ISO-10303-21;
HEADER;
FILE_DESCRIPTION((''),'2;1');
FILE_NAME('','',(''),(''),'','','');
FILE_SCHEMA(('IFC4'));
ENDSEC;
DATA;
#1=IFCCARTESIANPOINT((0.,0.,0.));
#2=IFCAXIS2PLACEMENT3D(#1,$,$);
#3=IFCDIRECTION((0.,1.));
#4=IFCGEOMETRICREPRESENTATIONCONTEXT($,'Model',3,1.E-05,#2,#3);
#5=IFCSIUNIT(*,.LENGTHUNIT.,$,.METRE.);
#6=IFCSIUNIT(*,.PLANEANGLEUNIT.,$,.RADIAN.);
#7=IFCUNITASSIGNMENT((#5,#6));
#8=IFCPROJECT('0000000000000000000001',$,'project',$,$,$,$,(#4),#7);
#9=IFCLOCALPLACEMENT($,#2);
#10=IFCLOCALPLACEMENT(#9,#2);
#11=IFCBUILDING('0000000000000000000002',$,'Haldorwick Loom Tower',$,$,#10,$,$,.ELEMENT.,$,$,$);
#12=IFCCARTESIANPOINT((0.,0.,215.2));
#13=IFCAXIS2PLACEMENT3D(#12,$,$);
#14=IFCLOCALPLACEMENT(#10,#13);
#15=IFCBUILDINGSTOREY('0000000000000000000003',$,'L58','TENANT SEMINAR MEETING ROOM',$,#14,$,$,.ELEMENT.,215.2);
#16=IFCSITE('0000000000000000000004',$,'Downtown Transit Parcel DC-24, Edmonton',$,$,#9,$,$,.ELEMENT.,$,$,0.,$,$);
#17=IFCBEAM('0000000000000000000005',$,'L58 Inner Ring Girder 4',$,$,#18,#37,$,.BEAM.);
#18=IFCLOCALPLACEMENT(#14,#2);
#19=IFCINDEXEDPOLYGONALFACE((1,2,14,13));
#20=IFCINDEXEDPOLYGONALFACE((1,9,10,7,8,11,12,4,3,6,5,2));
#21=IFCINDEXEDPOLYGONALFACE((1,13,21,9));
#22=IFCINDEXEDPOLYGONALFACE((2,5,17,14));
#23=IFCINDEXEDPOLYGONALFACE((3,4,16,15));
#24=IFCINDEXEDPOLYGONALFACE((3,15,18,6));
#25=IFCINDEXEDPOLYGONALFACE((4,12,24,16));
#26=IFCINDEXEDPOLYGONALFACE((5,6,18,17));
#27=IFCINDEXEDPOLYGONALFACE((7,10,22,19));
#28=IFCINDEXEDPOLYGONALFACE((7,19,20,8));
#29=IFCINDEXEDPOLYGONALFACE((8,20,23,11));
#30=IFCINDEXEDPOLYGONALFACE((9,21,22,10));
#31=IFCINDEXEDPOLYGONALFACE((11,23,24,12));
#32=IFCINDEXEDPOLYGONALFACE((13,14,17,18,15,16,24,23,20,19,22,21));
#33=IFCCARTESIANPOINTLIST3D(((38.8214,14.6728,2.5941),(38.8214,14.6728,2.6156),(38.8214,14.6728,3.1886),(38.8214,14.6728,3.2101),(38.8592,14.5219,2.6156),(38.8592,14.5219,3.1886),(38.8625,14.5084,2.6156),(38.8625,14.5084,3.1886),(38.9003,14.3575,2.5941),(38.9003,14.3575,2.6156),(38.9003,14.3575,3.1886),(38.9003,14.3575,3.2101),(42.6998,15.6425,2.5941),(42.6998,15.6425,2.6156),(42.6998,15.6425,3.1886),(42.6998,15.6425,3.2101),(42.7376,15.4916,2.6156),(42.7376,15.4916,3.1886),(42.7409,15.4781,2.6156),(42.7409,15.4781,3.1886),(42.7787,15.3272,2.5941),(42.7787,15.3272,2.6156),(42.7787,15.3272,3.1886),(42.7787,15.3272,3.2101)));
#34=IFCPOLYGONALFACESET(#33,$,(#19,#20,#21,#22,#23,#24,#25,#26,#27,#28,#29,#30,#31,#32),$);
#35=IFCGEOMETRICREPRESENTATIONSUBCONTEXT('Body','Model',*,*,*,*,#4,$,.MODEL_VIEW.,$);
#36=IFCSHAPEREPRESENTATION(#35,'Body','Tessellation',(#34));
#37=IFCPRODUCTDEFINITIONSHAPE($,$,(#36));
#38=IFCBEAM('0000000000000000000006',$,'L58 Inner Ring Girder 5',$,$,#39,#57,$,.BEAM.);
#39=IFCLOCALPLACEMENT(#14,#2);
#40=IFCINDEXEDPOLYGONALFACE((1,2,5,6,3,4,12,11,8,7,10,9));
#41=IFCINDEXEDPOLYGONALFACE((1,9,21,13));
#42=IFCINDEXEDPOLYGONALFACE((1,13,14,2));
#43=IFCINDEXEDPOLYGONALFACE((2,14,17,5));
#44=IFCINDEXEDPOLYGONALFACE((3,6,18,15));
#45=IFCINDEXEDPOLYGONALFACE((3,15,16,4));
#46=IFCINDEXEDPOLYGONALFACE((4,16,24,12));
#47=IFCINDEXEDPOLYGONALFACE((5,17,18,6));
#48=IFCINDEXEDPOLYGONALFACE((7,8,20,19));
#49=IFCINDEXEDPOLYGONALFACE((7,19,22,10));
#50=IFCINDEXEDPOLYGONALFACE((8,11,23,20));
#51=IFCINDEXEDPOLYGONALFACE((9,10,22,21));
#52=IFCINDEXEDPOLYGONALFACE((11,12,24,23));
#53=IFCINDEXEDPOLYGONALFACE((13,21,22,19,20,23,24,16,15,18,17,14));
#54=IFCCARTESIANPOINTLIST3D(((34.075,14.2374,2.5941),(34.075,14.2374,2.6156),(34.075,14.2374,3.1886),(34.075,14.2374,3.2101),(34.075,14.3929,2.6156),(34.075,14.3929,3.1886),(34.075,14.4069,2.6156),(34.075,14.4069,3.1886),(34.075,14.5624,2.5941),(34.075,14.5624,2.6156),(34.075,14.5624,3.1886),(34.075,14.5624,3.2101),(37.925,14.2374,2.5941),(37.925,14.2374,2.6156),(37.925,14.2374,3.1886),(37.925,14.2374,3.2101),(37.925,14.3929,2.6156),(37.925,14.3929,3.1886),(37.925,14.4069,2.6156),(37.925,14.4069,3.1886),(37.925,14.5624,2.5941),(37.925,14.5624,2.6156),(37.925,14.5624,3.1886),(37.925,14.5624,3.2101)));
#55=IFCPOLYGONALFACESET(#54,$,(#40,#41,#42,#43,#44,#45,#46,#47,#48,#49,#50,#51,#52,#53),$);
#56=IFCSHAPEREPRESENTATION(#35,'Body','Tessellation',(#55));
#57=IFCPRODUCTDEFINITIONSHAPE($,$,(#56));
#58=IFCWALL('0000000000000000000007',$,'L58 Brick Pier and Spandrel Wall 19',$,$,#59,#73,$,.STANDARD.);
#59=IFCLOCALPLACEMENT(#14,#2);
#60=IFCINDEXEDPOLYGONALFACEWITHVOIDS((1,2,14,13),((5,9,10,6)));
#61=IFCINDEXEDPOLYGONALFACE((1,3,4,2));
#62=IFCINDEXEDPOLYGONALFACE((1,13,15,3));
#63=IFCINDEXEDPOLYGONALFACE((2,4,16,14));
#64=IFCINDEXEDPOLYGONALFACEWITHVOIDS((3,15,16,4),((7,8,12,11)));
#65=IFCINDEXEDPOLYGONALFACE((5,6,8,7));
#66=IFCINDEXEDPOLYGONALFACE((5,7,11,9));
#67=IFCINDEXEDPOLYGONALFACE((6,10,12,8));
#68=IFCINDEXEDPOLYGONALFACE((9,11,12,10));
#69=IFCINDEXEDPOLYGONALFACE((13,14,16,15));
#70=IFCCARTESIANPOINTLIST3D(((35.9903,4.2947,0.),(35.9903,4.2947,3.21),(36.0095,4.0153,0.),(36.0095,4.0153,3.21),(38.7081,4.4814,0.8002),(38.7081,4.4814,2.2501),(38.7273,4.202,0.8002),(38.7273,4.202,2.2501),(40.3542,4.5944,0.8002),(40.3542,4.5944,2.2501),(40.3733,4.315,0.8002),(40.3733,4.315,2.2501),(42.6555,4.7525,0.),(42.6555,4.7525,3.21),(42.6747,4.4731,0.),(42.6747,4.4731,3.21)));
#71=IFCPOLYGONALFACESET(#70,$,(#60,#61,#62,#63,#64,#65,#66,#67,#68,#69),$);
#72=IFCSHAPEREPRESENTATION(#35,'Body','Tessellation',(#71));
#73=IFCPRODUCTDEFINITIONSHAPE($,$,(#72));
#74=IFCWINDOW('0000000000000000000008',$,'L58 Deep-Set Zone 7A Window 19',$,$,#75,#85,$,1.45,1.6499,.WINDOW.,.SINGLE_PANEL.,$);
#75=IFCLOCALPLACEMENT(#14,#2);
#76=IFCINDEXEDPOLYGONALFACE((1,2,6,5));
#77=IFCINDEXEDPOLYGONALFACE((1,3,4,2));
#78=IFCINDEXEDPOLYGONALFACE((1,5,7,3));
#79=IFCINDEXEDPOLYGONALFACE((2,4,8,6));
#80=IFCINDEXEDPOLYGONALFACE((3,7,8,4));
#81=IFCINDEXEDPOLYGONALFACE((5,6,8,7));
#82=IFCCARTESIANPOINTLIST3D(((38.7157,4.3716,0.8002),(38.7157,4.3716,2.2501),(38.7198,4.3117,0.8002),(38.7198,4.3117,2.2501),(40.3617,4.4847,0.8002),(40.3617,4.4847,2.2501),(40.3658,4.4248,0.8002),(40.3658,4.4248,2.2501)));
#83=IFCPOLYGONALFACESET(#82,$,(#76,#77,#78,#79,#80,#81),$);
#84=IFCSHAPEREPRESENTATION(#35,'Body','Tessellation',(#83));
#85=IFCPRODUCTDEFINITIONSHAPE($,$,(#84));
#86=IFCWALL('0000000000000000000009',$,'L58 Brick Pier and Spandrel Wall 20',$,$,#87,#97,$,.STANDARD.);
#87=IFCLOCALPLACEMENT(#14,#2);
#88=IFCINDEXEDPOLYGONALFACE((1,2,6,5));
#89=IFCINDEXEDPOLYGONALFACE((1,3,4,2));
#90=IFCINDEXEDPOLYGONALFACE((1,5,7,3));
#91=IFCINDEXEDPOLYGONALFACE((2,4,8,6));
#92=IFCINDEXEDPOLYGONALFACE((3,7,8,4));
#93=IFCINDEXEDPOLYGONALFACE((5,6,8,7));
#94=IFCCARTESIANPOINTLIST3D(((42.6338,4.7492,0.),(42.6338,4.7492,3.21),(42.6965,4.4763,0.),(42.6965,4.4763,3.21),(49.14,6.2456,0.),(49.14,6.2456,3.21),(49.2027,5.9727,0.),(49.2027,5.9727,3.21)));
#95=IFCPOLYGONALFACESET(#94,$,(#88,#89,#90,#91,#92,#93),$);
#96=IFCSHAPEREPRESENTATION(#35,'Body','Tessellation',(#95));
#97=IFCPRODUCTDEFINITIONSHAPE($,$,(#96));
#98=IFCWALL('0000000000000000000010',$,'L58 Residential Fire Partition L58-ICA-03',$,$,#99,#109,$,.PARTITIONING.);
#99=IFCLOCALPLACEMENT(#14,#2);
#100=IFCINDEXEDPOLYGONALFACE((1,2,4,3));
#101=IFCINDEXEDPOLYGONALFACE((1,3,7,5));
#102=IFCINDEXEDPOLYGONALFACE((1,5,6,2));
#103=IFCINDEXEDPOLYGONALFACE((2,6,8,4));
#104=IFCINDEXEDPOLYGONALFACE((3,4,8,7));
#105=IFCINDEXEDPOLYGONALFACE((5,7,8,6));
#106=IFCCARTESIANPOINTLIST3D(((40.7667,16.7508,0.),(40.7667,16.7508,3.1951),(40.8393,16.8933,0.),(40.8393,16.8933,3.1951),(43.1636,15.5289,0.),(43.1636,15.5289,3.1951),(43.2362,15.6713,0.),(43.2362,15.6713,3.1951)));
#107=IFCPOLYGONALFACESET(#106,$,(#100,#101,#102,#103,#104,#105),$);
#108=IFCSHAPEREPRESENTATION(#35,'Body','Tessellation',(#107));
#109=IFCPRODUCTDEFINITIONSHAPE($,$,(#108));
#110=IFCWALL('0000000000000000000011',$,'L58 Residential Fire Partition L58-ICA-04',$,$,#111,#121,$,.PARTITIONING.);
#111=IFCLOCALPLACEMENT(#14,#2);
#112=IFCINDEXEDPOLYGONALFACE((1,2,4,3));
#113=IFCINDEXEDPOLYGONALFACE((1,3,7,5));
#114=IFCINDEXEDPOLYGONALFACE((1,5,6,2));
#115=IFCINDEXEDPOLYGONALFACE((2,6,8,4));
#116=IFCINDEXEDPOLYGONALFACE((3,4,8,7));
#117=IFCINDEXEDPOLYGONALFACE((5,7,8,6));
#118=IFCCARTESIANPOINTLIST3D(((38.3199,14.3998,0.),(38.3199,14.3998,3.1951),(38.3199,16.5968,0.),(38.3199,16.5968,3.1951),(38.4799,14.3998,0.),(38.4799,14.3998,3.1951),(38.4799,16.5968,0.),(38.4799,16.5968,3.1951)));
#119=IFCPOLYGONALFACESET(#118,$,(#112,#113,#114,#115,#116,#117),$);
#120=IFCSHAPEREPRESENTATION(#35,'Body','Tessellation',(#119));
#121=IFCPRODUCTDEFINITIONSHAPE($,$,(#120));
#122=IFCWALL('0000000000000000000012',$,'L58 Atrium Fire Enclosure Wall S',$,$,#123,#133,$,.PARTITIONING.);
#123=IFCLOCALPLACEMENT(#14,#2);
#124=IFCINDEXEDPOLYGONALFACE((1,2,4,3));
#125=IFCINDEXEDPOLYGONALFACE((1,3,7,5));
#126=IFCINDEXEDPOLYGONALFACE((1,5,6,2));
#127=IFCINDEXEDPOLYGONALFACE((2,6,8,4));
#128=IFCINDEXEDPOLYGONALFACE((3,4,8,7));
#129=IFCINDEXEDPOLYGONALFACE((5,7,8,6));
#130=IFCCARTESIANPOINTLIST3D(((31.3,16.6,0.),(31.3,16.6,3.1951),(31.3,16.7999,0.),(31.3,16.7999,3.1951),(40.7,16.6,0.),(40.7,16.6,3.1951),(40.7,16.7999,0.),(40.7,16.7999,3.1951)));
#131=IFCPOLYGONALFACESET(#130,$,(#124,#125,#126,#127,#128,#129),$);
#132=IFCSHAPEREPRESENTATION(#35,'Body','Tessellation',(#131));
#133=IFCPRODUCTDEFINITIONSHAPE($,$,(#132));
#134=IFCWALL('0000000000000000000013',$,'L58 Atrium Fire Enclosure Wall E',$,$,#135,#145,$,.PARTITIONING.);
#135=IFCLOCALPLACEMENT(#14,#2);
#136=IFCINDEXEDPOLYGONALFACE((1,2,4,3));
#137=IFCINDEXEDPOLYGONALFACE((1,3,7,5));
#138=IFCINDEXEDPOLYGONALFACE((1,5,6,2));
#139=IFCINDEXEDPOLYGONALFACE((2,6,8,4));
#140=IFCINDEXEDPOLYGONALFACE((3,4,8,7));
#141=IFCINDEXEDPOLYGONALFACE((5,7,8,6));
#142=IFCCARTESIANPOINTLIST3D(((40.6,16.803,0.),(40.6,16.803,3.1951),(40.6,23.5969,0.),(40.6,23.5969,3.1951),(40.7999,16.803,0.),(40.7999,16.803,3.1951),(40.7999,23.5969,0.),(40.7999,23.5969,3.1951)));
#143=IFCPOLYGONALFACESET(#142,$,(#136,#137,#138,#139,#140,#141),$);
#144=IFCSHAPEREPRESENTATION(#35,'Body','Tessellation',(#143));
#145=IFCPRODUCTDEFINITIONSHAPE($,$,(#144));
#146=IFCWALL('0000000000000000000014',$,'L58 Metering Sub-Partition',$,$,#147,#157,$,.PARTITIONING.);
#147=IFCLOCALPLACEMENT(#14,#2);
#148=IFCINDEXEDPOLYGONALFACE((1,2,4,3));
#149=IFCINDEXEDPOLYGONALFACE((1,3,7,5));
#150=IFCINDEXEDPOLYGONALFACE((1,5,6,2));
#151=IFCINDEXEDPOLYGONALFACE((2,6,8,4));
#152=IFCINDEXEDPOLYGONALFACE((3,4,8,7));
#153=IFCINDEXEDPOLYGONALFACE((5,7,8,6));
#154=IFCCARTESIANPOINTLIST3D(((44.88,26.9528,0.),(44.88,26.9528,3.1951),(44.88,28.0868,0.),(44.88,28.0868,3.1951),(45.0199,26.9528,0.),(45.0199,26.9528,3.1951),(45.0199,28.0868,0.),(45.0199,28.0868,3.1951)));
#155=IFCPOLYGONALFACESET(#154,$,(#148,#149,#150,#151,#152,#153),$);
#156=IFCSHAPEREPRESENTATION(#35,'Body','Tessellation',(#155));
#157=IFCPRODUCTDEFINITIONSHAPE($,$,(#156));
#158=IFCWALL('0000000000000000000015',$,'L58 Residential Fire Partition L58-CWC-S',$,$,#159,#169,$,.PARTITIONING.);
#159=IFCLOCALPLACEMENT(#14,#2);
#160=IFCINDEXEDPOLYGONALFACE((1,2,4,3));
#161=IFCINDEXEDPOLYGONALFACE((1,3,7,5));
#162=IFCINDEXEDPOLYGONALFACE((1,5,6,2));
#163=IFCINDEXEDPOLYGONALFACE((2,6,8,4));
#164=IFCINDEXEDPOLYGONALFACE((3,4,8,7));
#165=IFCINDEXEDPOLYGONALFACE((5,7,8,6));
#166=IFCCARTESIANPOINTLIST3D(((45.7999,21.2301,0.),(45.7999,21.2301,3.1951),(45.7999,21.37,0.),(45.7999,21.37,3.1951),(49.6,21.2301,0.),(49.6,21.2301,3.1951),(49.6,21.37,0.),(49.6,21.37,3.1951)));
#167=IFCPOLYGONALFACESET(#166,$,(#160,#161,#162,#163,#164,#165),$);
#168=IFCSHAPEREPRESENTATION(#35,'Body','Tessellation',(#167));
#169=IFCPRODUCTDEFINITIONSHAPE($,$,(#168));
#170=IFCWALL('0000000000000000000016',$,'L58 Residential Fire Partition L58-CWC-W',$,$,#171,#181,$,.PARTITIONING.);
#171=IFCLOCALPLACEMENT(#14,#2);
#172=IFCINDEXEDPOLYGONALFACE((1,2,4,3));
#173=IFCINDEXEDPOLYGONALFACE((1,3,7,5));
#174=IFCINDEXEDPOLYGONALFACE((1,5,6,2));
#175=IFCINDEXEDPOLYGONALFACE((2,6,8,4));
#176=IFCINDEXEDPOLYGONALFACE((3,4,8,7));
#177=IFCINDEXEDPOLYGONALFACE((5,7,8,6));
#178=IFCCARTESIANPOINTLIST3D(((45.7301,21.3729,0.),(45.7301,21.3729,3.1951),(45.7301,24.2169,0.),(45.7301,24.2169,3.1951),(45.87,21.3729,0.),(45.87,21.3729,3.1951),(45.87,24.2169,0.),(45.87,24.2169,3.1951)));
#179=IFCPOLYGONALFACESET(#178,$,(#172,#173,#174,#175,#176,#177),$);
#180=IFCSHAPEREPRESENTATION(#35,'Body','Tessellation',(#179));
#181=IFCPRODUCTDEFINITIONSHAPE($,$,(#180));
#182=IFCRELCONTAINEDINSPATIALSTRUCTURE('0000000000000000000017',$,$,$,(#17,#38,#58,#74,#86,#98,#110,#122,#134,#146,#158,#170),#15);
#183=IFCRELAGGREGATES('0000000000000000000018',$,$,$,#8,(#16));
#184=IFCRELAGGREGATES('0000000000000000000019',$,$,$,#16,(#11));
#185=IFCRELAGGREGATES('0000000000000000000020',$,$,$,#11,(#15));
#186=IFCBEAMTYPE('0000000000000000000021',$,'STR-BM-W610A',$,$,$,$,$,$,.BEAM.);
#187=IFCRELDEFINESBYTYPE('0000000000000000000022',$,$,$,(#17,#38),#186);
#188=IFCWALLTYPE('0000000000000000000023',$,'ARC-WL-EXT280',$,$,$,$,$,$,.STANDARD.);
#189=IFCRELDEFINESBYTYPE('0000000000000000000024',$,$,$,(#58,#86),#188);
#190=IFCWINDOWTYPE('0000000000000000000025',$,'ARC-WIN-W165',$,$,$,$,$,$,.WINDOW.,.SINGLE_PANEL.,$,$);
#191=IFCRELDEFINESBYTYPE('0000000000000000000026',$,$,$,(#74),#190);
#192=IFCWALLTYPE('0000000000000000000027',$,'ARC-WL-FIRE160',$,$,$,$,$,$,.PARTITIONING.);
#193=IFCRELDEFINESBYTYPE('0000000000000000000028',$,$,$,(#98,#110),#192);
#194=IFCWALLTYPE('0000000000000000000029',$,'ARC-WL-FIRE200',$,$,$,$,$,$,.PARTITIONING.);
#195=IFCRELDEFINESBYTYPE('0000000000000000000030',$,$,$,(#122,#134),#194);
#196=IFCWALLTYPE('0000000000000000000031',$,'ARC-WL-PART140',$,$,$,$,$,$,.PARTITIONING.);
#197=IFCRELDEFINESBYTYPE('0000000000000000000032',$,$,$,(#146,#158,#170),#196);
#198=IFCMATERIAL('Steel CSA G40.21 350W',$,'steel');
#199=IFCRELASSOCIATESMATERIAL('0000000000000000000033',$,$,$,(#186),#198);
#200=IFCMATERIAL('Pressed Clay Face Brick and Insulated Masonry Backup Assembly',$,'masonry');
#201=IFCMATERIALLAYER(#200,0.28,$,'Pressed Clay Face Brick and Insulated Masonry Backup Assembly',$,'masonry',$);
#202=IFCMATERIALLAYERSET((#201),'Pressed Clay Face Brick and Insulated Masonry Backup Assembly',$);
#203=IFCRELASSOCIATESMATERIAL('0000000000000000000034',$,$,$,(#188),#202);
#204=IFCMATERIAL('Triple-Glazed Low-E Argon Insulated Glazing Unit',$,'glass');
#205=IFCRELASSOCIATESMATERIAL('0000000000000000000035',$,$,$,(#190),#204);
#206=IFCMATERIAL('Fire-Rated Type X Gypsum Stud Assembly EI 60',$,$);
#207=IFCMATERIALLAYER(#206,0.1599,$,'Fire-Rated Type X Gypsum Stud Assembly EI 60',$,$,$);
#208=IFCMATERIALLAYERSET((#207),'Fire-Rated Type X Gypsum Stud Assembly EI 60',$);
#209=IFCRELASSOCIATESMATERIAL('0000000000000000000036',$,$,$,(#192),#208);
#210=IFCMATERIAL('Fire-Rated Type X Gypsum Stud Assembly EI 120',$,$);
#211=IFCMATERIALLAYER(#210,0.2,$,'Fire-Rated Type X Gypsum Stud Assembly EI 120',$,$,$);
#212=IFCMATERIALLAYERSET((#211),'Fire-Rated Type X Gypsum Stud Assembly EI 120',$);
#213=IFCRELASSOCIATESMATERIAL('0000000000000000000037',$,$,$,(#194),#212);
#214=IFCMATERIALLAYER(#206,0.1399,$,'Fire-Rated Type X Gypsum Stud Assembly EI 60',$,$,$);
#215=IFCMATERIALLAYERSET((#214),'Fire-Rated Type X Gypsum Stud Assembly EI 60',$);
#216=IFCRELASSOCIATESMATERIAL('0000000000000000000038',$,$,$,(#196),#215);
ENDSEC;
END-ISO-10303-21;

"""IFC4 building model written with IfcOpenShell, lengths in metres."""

from ifc_helpers import new_model, si_unit, direction, frame, frame_2d, origin, origin_2d, place, context, subcontext, project, spatial, rectangle, i_section, extrude, material, layer, layer_set, material_profile, profile_set, type_object, element, fill, save


model = new_model("IFC4")

# Units and contexts
model_context = context("Model", 3, precision=1e-05, world=origin(), true_north=direction((0.0, 1.0)))
body_context = subcontext(model_context, "Body", "Model", "MODEL_VIEW")
ifc_project = project(units=[si_unit("LENGTHUNIT", "METRE"), si_unit("PLANEANGLEUNIT", "RADIAN")], contexts=[model_context])

# Site, building, storey
site_placement = place(None, origin())
site = spatial("IfcSite", under=ifc_project, at=site_placement, Name="Downtown Transit Parcel DC-24, Edmonton", CompositionType="ELEMENT", RefElevation=0.0)
building_placement = place(site_placement, origin())
building = spatial("IfcBuilding", under=site, at=building_placement, Name="Haldorwick Loom Tower", CompositionType="ELEMENT")
storey_placement = place(building_placement, frame((0.0, 0.0, 215.2)))
storey = spatial("IfcBuildingStorey", under=building, at=storey_placement, Name="L58", Description="TENANT SEMINAR MEETING ROOM", CompositionType="ELEMENT", Elevation=215.2)

# Shared definitions
ifc_material_1 = material(Name="Steel CSA G40.21 350W", Category="steel")

# Beams
ifc_material_profile_1 = material_profile(ifc_material_1, i_section(OverallWidth=0.325, OverallDepth=0.616, WebThickness=0.0139, FlangeThickness=0.0215, at=origin_2d()), Name="W610X174", Category="steel")
ifc_profile_set_1 = profile_set([ifc_material_profile_1], Name="Steel CSA G40.21 350W")
beam_type_1 = type_object("IfcBeamType", Name="STR-BM-W610A", PredefinedType="BEAM", material=ifc_profile_set_1)
beam_1_placement = place(storey_placement, frame((42.7393, 15.4849, 2.9021), z_axis=(-0.970135, -0.242564, 0.0), x_axis=(0.242564, -0.970135, 0.0)))
element("IfcBeam", 1, at=beam_1_placement, inside=storey, type_object=beam_type_1, Name="L58 Inner Ring Girder 4", PredefinedType="BEAM", context=body_context, shape_type="SweptSolid", body=[
    extrude(i_section(OverallWidth=0.325, OverallDepth=0.616, WebThickness=0.0139, FlangeThickness=0.0215, at=origin_2d()), origin(), (0.0, 0.0, 1.0), 3.9978),
])
beam_2_placement = place(storey_placement, frame((37.925, 14.3999, 2.9021), z_axis=(-1.0, 0.0, 0.0), x_axis=(0.0, -1.0, 0.0)))
element("IfcBeam", 2, at=beam_2_placement, inside=storey, type_object=beam_type_1, Name="L58 Inner Ring Girder 5", PredefinedType="BEAM", context=body_context, shape_type="SweptSolid", body=[
    extrude(i_section(OverallWidth=0.325, OverallDepth=0.616, WebThickness=0.0139, FlangeThickness=0.0215, at=origin_2d()), origin(), (0.0, 0.0, 1.0), 3.8501),
])

# Wall, opening, window
ifc_material_2 = material(Name="Pressed Clay Face Brick and Insulated Masonry Backup Assembly", Category="masonry")
ifc_layer_1 = layer(ifc_material_2, 0.28, Name="Pressed Clay Face Brick and Insulated Masonry Backup Assembly", Category="masonry")
ifc_layer_set_1 = layer_set([ifc_layer_1], Name="Pressed Clay Face Brick and Insulated Masonry Backup Assembly")
wall_type_1 = type_object("IfcWallType", Name="ARC-WL-EXT280", PredefinedType="STANDARD", material=ifc_layer_set_1)
wall_1_placement = place(storey_placement, frame((36.0, 4.155, 0.0), z_axis=(0.0, 0.0, 1.0), x_axis=(0.99765, 0.068517, 0.0)))
wall_1 = element("IfcWall", 3, at=wall_1_placement, inside=storey, type_object=wall_type_1, Name="L58 Brick Pier and Spandrel Wall 19", PredefinedType="STANDARD", context=body_context, shape_type="SweptSolid", body=[
    extrude(rectangle(XDim=6.6809, YDim=0.28, at=frame_2d((3.3403, 0.0))), origin(), (0.0, 0.0, 1.0), 3.21),
])
opening_placement = place(wall_1_placement, frame((2.7241, 0.0, 0.8)))
opening = element("IfcOpeningElement", 4, at=opening_placement, cuts=wall_1, PredefinedType="OPENING", context=body_context, shape_type="SweptSolid", body=[
    extrude(rectangle(XDim=1.6499, YDim=1.45, at=frame_2d((0.825, 0.7251))), frame((0.0, 0.1499, 0.0), z_axis=(0.0, -1.0, 0.0), x_axis=(1.0, 0.0, 0.0)), (0.0, 0.0, 1.0), 0.3),
])
ifc_material_3 = material(Name="Triple-Glazed Low-E Argon Insulated Glazing Unit", Category="glass")
window_type = type_object("IfcWindowType", Name="ARC-WIN-W165", PartitioningType="SINGLE_PANEL", PredefinedType="WINDOW", material=ifc_material_3)
window_placement = place(opening_placement, origin())
window = element("IfcWindow", 5, at=window_placement, inside=storey, type_object=window_type, Name="L58 Deep-Set Zone 7A Window 19", OverallHeight=1.45, OverallWidth=1.6499, PartitioningType="SINGLE_PANEL", PredefinedType="WINDOW", context=body_context, shape_type="SweptSolid", body=[
    extrude(rectangle(XDim=1.6499, YDim=1.45, at=frame_2d((0.825, 0.7251))), frame((0.0, 0.03, 0.0), z_axis=(0.0, -1.0, 0.0), x_axis=(1.0, 0.0, 0.0)), (0.0, 0.0, 1.0), 0.0601),
])
fill(opening, window)

# Walls
wall_2_placement = place(storey_placement, frame((42.6653, 4.6128, 0.0), z_axis=(0.0, 0.0, 1.0), x_axis=(0.974557, 0.224138, 0.0)))
element("IfcWall", 6, at=wall_2_placement, inside=storey, type_object=wall_type_1, Name="L58 Brick Pier and Spandrel Wall 20", PredefinedType="STANDARD", context=body_context, shape_type="SweptSolid", body=[
    extrude(rectangle(XDim=6.676, YDim=0.28, at=frame_2d((3.3379, 0.0))), origin(), (0.0, 0.0, 1.0), 3.21),
])
ifc_material_4 = material(Name="Fire-Rated Type X Gypsum Stud Assembly EI 60")
ifc_layer_2 = layer(ifc_material_4, 0.1599, Name="Fire-Rated Type X Gypsum Stud Assembly EI 60")
ifc_layer_set_2 = layer_set([ifc_layer_2], Name="Fire-Rated Type X Gypsum Stud Assembly EI 60")
wall_type_2 = type_object("IfcWallType", Name="ARC-WL-FIRE160", PredefinedType="PARTITIONING", material=ifc_layer_set_2)
wall_3_placement = place(storey_placement, frame((40.803, 16.822, 0.0), z_axis=(0.0, 0.0, 1.0), x_axis=(0.890916, -0.454169, 0.0)))
element("IfcWall", 7, at=wall_3_placement, inside=storey, type_object=wall_type_2, Name="L58 Residential Fire Partition L58-ICA-03", PredefinedType="PARTITIONING", context=body_context, shape_type="SweptSolid", body=[
    extrude(rectangle(XDim=2.6904, YDim=0.1599, at=frame_2d((1.3452, 0.0))), origin(), (0.0, 0.0, 1.0), 3.1951),
])
wall_4_placement = place(storey_placement, frame((38.3999, 16.5969, 0.0), z_axis=(0.0, 0.0, 1.0), x_axis=(0.0, -1.0, 0.0)))
element("IfcWall", 8, at=wall_4_placement, inside=storey, type_object=wall_type_2, Name="L58 Residential Fire Partition L58-ICA-04", PredefinedType="PARTITIONING", context=body_context, shape_type="SweptSolid", body=[
    extrude(rectangle(XDim=2.197, YDim=0.1599, at=frame_2d((1.0986, 0.0))), origin(), (0.0, 0.0, 1.0), 3.1951),
])
ifc_material_5 = material(Name="Fire-Rated Type X Gypsum Stud Assembly EI 120")
ifc_layer_3 = layer(ifc_material_5, 0.2, Name="Fire-Rated Type X Gypsum Stud Assembly EI 120")
ifc_layer_set_3 = layer_set([ifc_layer_3], Name="Fire-Rated Type X Gypsum Stud Assembly EI 120")
wall_type_3 = type_object("IfcWallType", Name="ARC-WL-FIRE200", PredefinedType="PARTITIONING", material=ifc_layer_set_3)
wall_5_placement = place(storey_placement, frame((40.7, 16.7, 0.0), z_axis=(0.0, 0.0, 1.0), x_axis=(-1.0, 0.0, 0.0)))
element("IfcWall", 9, at=wall_5_placement, inside=storey, type_object=wall_type_3, Name="L58 Atrium Fire Enclosure Wall S", PredefinedType="PARTITIONING", context=body_context, shape_type="SweptSolid", body=[
    extrude(rectangle(XDim=9.3999, YDim=0.2, at=frame_2d((4.7, 0.0))), origin(), (0.0, 0.0, 1.0), 3.1951),
])
wall_6_placement = place(storey_placement, frame((40.7, 23.5969, 0.0), z_axis=(0.0, 0.0, 1.0), x_axis=(0.0, -1.0, 0.0)))
element("IfcWall", 10, at=wall_6_placement, inside=storey, type_object=wall_type_3, Name="L58 Atrium Fire Enclosure Wall E", PredefinedType="PARTITIONING", context=body_context, shape_type="SweptSolid", body=[
    extrude(rectangle(XDim=6.7939, YDim=0.2, at=frame_2d((3.397, 0.0))), origin(), (0.0, 0.0, 1.0), 3.1951),
])
ifc_layer_4 = layer(ifc_material_4, 0.1399, Name="Fire-Rated Type X Gypsum Stud Assembly EI 60")
ifc_layer_set_4 = layer_set([ifc_layer_4], Name="Fire-Rated Type X Gypsum Stud Assembly EI 60")
wall_type_4 = type_object("IfcWallType", Name="ARC-WL-PART140", PredefinedType="PARTITIONING", material=ifc_layer_set_4)
wall_7_placement = place(storey_placement, frame((44.95, 26.9529, 0.0), z_axis=(0.0, 0.0, 1.0), x_axis=(0.0, 1.0, 0.0)))
element("IfcWall", 11, at=wall_7_placement, inside=storey, type_object=wall_type_4, Name="L58 Metering Sub-Partition", PredefinedType="PARTITIONING", context=body_context, shape_type="SweptSolid", body=[
    extrude(rectangle(XDim=1.134, YDim=0.1399, at=frame_2d((0.5669, 0.0))), origin(), (0.0, 0.0, 1.0), 3.1951),
])
wall_8_placement = place(storey_placement, frame((45.8, 21.3, 0.0), z_axis=(0.0, 0.0, 1.0), x_axis=(1.0, 0.0, 0.0)))
element("IfcWall", 12, at=wall_8_placement, inside=storey, type_object=wall_type_4, Name="L58 Residential Fire Partition L58-CWC-S", PredefinedType="PARTITIONING", context=body_context, shape_type="SweptSolid", body=[
    extrude(rectangle(XDim=3.8, YDim=0.1399, at=frame_2d((1.8999, 0.0))), origin(), (0.0, 0.0, 1.0), 3.1951),
])
wall_9_placement = place(storey_placement, frame((45.8, 21.373, 0.0), z_axis=(0.0, 0.0, 1.0), x_axis=(0.0, 1.0, 0.0)))
element("IfcWall", 13, at=wall_9_placement, inside=storey, type_object=wall_type_4, Name="L58 Residential Fire Partition L58-CWC-W", PredefinedType="PARTITIONING", context=body_context, shape_type="SweptSolid", body=[
    extrude(rectangle(XDim=2.844, YDim=0.1399, at=frame_2d((1.4219, 0.0))), origin(), (0.0, 0.0, 1.0), 3.1951),
])

save(model, "model.ifc")
